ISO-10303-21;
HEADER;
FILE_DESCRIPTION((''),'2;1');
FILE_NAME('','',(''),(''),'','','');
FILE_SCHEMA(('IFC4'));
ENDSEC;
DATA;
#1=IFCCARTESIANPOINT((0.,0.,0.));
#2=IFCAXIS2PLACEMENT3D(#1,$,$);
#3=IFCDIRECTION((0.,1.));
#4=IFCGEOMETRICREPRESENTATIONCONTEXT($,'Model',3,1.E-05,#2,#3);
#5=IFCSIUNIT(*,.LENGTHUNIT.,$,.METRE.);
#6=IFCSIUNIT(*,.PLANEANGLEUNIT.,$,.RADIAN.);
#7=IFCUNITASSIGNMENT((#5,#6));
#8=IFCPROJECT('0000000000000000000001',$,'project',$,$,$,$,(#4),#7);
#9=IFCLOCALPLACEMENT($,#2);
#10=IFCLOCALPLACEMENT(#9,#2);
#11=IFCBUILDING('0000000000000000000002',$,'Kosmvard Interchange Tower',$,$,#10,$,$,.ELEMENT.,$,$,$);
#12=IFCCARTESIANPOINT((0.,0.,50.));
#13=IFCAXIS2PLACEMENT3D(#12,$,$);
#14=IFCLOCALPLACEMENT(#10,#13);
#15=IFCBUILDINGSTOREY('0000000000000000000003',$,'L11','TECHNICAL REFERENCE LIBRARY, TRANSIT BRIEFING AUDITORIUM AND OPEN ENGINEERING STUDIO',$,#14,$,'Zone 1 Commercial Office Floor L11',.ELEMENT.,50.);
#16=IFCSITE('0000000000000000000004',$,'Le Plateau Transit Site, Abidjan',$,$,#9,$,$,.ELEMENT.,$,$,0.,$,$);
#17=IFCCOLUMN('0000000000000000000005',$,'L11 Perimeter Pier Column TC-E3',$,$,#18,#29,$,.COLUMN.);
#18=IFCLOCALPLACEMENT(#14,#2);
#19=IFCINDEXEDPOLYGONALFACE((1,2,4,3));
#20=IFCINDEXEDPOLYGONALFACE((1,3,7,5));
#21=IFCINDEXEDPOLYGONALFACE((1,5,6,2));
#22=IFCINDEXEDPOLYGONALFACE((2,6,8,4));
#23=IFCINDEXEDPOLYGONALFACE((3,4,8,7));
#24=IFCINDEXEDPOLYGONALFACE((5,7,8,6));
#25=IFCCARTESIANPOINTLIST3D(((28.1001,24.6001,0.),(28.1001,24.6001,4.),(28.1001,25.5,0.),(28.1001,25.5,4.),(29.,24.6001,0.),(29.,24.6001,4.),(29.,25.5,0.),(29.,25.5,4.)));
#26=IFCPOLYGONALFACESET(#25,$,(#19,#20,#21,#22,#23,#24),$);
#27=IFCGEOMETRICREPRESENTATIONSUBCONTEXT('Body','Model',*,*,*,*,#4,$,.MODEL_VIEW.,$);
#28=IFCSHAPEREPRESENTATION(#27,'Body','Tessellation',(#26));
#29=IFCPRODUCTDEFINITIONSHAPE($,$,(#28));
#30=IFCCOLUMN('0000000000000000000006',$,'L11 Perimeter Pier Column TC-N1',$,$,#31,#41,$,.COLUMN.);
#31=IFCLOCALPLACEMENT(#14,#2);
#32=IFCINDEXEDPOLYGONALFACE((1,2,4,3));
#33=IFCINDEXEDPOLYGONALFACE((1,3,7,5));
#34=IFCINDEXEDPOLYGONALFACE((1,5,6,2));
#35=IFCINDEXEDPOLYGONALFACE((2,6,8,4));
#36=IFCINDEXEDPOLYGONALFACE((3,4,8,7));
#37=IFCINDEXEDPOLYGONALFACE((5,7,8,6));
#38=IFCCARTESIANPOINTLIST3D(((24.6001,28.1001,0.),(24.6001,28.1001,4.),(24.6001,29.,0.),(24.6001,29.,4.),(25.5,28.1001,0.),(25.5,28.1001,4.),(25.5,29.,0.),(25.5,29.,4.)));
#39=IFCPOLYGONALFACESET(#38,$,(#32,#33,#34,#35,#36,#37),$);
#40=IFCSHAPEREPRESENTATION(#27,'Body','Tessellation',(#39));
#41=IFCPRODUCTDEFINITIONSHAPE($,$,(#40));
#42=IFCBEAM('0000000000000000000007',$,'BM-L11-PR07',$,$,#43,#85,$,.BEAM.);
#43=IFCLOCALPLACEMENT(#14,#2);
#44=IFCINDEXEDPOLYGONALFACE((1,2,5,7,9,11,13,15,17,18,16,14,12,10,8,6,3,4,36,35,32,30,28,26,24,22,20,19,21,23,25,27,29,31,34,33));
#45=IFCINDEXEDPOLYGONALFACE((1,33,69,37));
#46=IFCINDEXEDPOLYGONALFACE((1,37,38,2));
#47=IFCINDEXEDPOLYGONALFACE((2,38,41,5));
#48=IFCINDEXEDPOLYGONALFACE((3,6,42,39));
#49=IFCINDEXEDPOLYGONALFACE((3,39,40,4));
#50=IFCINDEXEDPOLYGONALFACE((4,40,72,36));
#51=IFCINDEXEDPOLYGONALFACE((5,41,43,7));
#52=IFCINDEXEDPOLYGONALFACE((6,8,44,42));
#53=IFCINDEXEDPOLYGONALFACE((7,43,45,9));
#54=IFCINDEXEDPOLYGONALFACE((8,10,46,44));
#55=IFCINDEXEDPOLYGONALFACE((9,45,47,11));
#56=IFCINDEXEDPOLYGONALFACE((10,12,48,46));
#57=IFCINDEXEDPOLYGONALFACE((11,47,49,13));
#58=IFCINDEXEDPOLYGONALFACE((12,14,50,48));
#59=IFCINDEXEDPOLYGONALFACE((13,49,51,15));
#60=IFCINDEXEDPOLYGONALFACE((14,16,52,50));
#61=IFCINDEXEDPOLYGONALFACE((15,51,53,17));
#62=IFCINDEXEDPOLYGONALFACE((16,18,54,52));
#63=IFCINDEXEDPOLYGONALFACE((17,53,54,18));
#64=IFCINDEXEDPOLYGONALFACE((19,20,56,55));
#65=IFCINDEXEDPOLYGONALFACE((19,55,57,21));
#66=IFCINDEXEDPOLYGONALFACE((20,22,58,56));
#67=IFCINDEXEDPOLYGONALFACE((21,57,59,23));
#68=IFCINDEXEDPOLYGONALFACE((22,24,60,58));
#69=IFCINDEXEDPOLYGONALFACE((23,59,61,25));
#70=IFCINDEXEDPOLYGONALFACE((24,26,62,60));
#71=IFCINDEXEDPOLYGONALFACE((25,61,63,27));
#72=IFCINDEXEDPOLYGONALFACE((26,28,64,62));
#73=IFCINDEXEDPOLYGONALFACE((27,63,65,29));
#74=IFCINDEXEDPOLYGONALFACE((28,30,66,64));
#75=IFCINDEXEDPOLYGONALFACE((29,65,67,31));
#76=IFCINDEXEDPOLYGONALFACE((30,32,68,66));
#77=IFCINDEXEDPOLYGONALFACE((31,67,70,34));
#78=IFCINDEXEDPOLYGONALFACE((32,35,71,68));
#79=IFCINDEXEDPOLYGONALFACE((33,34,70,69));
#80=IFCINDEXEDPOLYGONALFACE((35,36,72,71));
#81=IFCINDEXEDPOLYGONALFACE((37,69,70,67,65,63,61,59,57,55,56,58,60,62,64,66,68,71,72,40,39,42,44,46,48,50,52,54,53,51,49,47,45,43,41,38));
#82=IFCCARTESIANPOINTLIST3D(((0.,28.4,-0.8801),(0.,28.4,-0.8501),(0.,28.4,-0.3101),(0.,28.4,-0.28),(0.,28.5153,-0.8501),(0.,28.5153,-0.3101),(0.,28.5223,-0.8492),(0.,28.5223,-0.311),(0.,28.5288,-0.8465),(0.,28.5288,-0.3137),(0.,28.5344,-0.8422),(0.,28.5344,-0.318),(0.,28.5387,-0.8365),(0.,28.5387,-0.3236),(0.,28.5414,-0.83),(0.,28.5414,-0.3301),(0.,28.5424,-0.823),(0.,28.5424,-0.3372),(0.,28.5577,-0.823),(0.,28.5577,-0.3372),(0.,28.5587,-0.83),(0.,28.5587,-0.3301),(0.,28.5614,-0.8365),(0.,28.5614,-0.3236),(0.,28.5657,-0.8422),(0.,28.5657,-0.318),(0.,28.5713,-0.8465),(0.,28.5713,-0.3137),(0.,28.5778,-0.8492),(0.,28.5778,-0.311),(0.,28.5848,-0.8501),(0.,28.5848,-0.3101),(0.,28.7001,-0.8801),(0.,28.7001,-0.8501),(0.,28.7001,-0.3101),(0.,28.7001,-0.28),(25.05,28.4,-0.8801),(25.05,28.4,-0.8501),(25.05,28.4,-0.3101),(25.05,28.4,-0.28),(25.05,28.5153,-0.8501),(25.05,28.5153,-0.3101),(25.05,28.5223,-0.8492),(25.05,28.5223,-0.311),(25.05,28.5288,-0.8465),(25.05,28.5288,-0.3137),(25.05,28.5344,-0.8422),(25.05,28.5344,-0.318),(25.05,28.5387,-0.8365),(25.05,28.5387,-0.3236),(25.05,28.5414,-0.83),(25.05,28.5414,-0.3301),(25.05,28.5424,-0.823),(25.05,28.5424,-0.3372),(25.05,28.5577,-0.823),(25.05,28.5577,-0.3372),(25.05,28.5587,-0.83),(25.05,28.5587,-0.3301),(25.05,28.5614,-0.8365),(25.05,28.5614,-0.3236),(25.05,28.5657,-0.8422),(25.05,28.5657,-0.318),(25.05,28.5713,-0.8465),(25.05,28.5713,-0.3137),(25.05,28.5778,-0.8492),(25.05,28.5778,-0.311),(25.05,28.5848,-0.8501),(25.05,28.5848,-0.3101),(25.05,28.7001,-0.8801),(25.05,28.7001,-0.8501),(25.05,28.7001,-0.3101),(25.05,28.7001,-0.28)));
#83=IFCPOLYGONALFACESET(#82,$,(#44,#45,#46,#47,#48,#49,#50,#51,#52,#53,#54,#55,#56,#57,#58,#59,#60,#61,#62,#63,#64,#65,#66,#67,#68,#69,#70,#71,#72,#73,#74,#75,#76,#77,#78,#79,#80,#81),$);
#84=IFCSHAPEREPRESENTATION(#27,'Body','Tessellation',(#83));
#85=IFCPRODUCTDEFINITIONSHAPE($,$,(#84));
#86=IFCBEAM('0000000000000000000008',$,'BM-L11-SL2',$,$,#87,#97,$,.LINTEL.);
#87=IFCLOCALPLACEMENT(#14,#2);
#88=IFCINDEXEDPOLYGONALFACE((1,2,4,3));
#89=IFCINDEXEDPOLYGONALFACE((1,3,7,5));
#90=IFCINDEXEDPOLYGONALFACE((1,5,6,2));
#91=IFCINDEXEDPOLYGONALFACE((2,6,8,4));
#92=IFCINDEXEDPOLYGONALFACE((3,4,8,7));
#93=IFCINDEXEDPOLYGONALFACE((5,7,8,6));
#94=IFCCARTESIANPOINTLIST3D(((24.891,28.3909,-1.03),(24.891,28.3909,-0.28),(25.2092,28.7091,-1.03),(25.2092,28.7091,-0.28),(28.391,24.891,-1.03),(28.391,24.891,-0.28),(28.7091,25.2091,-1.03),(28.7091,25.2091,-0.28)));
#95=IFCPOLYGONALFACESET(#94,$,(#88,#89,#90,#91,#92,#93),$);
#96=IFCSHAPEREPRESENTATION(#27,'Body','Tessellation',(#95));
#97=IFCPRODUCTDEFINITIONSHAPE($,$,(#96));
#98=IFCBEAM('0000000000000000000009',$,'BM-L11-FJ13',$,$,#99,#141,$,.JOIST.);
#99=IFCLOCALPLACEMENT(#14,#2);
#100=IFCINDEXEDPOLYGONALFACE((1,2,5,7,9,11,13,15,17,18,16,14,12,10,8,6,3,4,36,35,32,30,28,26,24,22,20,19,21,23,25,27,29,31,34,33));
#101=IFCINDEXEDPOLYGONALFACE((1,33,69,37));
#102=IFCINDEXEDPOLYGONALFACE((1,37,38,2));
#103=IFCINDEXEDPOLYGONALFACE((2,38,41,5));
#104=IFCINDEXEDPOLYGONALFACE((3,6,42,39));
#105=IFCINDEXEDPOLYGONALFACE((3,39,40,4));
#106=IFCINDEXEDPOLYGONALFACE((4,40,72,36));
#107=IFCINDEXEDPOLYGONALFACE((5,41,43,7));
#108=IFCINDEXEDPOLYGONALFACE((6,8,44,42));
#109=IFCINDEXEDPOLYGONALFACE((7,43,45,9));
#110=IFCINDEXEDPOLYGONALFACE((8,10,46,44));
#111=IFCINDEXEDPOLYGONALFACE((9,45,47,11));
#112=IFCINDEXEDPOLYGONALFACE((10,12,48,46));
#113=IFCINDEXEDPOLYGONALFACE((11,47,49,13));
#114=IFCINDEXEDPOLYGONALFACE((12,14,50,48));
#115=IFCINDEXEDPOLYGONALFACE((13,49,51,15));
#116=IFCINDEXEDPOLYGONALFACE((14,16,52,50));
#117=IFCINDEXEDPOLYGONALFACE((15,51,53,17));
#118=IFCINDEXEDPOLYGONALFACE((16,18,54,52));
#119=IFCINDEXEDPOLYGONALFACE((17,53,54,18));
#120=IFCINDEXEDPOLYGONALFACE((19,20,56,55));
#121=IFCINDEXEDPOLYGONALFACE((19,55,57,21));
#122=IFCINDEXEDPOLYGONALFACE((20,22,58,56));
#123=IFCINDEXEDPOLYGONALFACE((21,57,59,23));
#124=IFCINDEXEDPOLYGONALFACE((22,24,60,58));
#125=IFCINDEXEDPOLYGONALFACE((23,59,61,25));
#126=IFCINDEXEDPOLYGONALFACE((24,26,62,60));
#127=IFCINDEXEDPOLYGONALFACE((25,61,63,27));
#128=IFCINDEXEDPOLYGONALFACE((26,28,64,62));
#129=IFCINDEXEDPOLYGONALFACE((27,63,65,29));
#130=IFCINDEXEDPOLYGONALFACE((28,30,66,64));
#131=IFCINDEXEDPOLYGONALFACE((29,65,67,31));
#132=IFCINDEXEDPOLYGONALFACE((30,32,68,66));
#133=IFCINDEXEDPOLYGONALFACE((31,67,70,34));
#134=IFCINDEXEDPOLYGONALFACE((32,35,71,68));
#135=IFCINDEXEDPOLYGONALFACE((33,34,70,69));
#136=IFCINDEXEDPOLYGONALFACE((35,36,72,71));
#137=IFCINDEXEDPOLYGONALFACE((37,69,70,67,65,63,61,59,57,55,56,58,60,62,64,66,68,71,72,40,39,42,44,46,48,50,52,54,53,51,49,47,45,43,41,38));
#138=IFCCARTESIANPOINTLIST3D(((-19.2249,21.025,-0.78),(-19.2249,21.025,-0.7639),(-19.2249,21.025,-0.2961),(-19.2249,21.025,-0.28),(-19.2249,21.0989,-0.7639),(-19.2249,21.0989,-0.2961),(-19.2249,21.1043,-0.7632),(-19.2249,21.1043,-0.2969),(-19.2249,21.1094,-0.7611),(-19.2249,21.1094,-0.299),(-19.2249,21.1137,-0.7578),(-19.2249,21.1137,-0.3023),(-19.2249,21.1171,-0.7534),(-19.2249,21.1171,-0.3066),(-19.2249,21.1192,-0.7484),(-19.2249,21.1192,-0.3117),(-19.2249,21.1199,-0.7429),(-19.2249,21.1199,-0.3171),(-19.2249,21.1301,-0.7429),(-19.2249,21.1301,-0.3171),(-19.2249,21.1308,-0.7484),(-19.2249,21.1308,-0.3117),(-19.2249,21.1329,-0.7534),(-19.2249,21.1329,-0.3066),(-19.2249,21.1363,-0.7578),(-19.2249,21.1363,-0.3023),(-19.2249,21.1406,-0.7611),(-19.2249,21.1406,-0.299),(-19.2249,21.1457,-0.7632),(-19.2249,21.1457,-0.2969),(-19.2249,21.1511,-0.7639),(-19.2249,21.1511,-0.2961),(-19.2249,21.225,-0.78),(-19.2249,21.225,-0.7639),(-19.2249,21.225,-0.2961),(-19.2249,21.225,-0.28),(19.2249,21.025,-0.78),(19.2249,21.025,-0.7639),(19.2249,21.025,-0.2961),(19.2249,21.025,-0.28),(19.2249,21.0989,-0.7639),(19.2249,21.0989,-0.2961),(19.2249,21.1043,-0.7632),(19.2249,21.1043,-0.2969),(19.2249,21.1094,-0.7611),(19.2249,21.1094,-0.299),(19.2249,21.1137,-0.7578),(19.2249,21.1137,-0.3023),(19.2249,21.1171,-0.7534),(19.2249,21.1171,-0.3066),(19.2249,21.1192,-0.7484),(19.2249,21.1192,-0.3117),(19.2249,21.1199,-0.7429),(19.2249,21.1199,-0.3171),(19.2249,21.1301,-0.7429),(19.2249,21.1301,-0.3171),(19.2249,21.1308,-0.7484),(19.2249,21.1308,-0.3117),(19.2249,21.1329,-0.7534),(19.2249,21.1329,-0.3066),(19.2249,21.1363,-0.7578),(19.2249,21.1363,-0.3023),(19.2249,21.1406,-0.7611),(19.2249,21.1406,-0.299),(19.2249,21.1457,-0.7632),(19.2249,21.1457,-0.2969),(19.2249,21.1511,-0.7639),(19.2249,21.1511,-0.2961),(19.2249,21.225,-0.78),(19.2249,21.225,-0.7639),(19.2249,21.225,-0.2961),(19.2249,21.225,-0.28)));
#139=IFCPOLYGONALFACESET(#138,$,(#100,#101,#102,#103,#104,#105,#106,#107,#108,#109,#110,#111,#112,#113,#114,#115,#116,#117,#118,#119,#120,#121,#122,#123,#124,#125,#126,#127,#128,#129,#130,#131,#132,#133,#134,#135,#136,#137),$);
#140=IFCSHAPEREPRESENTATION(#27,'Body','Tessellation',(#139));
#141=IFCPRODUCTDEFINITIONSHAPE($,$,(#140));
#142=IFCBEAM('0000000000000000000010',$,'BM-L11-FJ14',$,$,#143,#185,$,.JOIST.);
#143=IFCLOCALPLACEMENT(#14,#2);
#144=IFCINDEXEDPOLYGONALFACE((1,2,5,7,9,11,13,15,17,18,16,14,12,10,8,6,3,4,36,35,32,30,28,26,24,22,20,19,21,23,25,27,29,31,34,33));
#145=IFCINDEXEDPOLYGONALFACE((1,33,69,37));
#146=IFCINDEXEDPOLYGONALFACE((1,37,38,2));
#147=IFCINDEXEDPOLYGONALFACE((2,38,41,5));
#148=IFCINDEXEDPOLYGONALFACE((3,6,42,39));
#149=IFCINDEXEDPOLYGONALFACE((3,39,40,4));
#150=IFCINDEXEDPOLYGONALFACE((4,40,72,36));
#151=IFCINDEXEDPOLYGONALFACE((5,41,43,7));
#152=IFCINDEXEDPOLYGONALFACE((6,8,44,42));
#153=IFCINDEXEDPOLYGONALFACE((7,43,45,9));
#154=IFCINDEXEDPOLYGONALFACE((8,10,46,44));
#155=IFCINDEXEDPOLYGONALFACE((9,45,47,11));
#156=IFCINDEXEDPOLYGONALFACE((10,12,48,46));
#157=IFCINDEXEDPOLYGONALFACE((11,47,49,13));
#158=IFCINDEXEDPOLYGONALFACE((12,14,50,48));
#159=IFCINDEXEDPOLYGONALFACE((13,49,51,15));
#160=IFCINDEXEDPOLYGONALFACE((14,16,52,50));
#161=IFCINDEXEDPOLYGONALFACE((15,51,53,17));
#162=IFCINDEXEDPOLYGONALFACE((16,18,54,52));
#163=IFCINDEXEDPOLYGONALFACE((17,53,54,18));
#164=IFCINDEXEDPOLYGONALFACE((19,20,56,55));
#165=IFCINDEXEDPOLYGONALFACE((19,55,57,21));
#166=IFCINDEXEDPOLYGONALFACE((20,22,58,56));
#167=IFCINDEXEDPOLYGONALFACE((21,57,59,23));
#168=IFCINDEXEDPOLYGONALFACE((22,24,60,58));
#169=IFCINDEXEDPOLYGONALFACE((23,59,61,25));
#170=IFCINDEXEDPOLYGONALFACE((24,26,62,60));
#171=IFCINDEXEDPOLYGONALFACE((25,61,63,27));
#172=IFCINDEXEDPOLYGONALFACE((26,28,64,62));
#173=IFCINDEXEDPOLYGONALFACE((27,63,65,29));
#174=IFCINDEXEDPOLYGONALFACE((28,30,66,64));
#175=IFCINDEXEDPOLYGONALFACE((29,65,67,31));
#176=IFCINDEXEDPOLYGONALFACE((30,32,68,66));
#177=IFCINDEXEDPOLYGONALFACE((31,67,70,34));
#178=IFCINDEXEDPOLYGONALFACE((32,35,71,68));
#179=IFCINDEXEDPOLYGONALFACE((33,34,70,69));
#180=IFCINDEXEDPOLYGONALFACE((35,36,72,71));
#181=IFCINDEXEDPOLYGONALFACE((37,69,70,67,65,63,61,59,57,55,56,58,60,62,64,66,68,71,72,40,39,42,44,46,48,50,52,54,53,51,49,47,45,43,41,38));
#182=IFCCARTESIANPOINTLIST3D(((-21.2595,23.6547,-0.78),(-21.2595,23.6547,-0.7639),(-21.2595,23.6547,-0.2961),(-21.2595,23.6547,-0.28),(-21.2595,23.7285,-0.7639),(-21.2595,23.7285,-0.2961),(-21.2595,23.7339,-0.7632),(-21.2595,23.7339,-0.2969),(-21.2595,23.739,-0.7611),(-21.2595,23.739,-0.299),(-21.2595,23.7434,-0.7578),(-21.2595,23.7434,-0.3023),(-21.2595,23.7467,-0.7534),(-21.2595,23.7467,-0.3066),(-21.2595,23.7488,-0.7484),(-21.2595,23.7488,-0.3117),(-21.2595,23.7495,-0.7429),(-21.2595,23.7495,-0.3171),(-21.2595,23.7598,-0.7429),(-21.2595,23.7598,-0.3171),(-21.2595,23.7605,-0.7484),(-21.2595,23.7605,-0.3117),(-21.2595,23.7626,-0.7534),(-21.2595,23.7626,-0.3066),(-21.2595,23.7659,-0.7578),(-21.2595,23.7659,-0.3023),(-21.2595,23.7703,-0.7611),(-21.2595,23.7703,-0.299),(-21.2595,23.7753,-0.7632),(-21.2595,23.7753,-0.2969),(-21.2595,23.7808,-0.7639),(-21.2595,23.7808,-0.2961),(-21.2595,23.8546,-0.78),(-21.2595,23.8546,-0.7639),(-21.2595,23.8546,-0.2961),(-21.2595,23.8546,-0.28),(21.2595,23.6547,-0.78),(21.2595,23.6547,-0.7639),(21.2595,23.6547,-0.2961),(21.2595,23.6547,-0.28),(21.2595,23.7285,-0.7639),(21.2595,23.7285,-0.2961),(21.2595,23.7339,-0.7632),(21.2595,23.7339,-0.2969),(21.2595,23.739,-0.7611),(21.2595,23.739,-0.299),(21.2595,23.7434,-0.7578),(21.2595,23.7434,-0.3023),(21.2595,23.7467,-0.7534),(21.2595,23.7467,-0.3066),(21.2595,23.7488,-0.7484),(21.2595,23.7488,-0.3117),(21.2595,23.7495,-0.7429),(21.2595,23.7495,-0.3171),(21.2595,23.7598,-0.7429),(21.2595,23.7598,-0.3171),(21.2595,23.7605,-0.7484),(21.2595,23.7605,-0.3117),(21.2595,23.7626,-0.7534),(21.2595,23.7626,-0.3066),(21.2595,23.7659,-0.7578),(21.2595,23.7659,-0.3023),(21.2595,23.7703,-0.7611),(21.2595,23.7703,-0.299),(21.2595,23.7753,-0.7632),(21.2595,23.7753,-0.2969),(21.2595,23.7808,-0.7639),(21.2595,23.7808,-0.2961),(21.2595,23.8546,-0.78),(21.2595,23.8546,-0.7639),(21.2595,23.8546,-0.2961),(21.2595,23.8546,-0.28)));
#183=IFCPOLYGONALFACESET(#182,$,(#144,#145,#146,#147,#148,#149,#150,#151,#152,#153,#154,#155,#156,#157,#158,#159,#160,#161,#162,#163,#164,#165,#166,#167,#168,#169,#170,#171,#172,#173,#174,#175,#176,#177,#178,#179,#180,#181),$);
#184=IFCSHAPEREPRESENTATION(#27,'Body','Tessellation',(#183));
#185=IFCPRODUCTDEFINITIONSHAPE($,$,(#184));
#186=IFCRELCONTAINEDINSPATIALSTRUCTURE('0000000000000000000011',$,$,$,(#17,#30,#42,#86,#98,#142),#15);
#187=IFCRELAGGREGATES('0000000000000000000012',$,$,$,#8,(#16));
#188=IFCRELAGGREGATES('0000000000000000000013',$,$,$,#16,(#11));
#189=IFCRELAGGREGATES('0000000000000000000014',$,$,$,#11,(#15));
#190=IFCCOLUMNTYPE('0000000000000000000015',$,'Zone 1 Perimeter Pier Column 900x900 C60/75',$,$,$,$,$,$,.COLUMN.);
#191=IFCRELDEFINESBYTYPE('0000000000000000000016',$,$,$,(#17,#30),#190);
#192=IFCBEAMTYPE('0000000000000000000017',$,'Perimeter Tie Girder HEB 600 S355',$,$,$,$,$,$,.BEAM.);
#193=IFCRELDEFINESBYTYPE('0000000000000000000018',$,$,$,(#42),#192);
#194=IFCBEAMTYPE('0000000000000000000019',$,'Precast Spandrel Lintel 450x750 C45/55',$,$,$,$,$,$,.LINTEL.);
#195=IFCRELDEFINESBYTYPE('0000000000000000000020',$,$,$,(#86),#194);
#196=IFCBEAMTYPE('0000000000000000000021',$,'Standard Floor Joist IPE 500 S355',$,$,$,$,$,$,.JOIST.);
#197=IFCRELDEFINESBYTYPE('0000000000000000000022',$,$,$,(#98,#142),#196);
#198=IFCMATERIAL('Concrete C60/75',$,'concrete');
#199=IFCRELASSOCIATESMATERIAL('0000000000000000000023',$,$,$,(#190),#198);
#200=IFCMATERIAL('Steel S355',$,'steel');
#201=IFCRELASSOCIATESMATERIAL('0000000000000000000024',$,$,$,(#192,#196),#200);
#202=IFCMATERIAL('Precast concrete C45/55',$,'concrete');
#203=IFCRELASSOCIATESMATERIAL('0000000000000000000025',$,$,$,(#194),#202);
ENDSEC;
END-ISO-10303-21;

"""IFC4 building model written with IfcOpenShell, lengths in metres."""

from ifc_helpers import new_model, si_unit, direction, frame, origin, origin_2d, place, context, subcontext, project, spatial, rectangle, i_section, extrude, source, transform, mapped, material, material_profile, profile_set, type_object, element, save


model = new_model("IFC4")

# Units and contexts
model_context = context("Model", 3, precision=1e-05, world=origin(), true_north=direction((0.0, 1.0)))
body_context = subcontext(model_context, "Body", "Model", "MODEL_VIEW")
ifc_project = project(units=[si_unit("LENGTHUNIT", "METRE"), si_unit("PLANEANGLEUNIT", "RADIAN")], contexts=[model_context])

# Site, building, storey
site_placement = place(None, origin())
site = spatial("IfcSite", under=ifc_project, at=site_placement, Name="Le Plateau Transit Site, Abidjan", CompositionType="ELEMENT", RefElevation=0.0)
building_placement = place(site_placement, origin())
building = spatial("IfcBuilding", under=site, at=building_placement, Name="Kosmvard Interchange Tower", CompositionType="ELEMENT")
storey_placement = place(building_placement, frame((0.0, 0.0, 50.0)))
storey = spatial("IfcBuildingStorey", under=building, at=storey_placement, Name="L11", Description="TECHNICAL REFERENCE LIBRARY, TRANSIT BRIEFING AUDITORIUM AND OPEN ENGINEERING STUDIO", LongName="Zone 1 Commercial Office Floor L11", CompositionType="ELEMENT", Elevation=50.0)

# Columns
ifc_material_1 = material(Name="Concrete C60/75", Category="concrete")
ifc_material_profile_1 = material_profile(ifc_material_1, rectangle(XDim=0.8999, YDim=0.8999, at=origin_2d()), Name="TC 900x900")
ifc_profile_set_1 = profile_set([ifc_material_profile_1], Name="Concrete C60/75")
column_type = type_object("IfcColumnType", Name="Zone 1 Perimeter Pier Column 900x900 C60/75", PredefinedType="COLUMN", material=ifc_profile_set_1)
shared_shape_1 = source(origin(), body_context, "Body", "SweptSolid", [
    extrude(rectangle(XDim=0.8999, YDim=0.8999, at=origin_2d()), origin(), (0.0, 0.0, 1.0), 4.0),
])
for number, where, z_axis, x_axis, name in (
    (1, (28.55, 25.05, 0.0), (0.0, 0.0, 1.0), (1.0, 0.0, 0.0), "L11 Perimeter Pier Column TC-E3"),
    (2, (25.05, 28.55, 0.0), (0.0, 0.0, 1.0), (1.0, 0.0, 0.0), "L11 Perimeter Pier Column TC-N1"),
):
    element("IfcColumn", number, at=place(storey_placement, frame(where, z_axis=z_axis, x_axis=x_axis)), inside=storey, type_object=column_type, Name=name, PredefinedType="COLUMN", context=body_context, shape_type="MappedRepresentation", body=[
        mapped(shared_shape_1, transform((0.0, 0.0, 0.0), scale=1.0)),
    ])

# Beams
ifc_material_2 = material(Name="Steel S355", Category="steel")
ifc_material_profile_2 = material_profile(ifc_material_2, i_section(OverallWidth=0.3, OverallDepth=0.6001, WebThickness=0.0154, FlangeThickness=0.03, FilletRadius=0.0271, at=origin_2d()), Name="HEB 600")
ifc_profile_set_2 = profile_set([ifc_material_profile_2], Name="Steel S355")
beam_type_1 = type_object("IfcBeamType", Name="Perimeter Tie Girder HEB 600 S355", PredefinedType="BEAM", material=ifc_profile_set_2)
shared_shape_2 = source(origin(), body_context, "Body", "SweptSolid", [
    extrude(i_section(OverallWidth=0.3, OverallDepth=0.6001, WebThickness=0.0154, FlangeThickness=0.03, FilletRadius=0.0271, at=origin_2d()), origin(), (0.0, 0.0, 1.0), 25.05),
])
beam_1_placement = place(storey_placement, frame((25.05, 28.55, -0.5801), z_axis=(-1.0, 0.0, 0.0), x_axis=(0.0, -1.0, 0.0)))
element("IfcBeam", 3, at=beam_1_placement, inside=storey, type_object=beam_type_1, Name="BM-L11-PR07", PredefinedType="BEAM", context=body_context, shape_type="MappedRepresentation", body=[
    mapped(shared_shape_2, transform((0.0, 0.0, 0.0), scale=1.0)),
])
ifc_material_3 = material(Name="Precast concrete C45/55", Category="concrete")
ifc_material_profile_3 = material_profile(ifc_material_3, rectangle(XDim=0.45, YDim=0.75, at=origin_2d()), Name="SL 450x750")
ifc_profile_set_3 = profile_set([ifc_material_profile_3], Name="Precast concrete C45/55")
beam_type_2 = type_object("IfcBeamType", Name="Precast Spandrel Lintel 450x750 C45/55", PredefinedType="LINTEL", material=ifc_profile_set_3)
shared_shape_3 = source(origin(), body_context, "Body", "SweptSolid", [
    extrude(rectangle(XDim=0.45, YDim=0.75, at=origin_2d()), origin(), (0.0, 0.0, 1.0), 4.9497),
])
beam_2_placement = place(storey_placement, frame((28.55, 25.05, -0.655), z_axis=(-0.707107, 0.707107, 0.0), x_axis=(-0.707107, -0.707107, 0.0)))
element("IfcBeam", 4, at=beam_2_placement, inside=storey, type_object=beam_type_2, Name="BM-L11-SL2", PredefinedType="LINTEL", context=body_context, shape_type="MappedRepresentation", body=[
    mapped(shared_shape_3, transform((0.0, 0.0, 0.0), scale=1.0)),
])
ifc_material_profile_4 = material_profile(ifc_material_2, i_section(OverallWidth=0.2, OverallDepth=0.5, WebThickness=0.0103, FlangeThickness=0.0161, FilletRadius=0.021, at=origin_2d()), Name="IPE 500")
ifc_profile_set_4 = profile_set([ifc_material_profile_4], Name="Steel S355")
beam_type_3 = type_object("IfcBeamType", Name="Standard Floor Joist IPE 500 S355", PredefinedType="JOIST", material=ifc_profile_set_4)
shared_shape_4 = source(origin(), body_context, "Body", "SweptSolid", [
    extrude(i_section(OverallWidth=0.2, OverallDepth=0.5, WebThickness=0.0103, FlangeThickness=0.0161, FilletRadius=0.021, at=origin_2d()), origin(), (0.0, 0.0, 1.0), 38.4497),
])
beam_3_placement = place(storey_placement, frame((19.2249, 21.125, -0.53), z_axis=(-1.0, 0.0, 0.0), x_axis=(0.0, -1.0, 0.0)))
element("IfcBeam", 5, at=beam_3_placement, inside=storey, type_object=beam_type_3, Name="BM-L11-FJ13", PredefinedType="JOIST", context=body_context, shape_type="MappedRepresentation", body=[
    mapped(shared_shape_4, transform((0.0, 0.0, 0.0), scale=1.0)),
])
shared_shape_5 = source(origin(), body_context, "Body", "SweptSolid", [
    extrude(i_section(OverallWidth=0.2, OverallDepth=0.5, WebThickness=0.0103, FlangeThickness=0.0161, FilletRadius=0.021, at=origin_2d()), origin(), (0.0, 0.0, 1.0), 42.519),
])
beam_4_placement = place(storey_placement, frame((21.2595, 23.7546, -0.53), z_axis=(-1.0, 0.0, 0.0), x_axis=(0.0, -1.0, 0.0)))
element("IfcBeam", 6, at=beam_4_placement, inside=storey, type_object=beam_type_3, Name="BM-L11-FJ14", PredefinedType="JOIST", context=body_context, shape_type="MappedRepresentation", body=[
    mapped(shared_shape_5, transform((0.0, 0.0, 0.0), scale=1.0)),
])

save(model, "model.ifc")
